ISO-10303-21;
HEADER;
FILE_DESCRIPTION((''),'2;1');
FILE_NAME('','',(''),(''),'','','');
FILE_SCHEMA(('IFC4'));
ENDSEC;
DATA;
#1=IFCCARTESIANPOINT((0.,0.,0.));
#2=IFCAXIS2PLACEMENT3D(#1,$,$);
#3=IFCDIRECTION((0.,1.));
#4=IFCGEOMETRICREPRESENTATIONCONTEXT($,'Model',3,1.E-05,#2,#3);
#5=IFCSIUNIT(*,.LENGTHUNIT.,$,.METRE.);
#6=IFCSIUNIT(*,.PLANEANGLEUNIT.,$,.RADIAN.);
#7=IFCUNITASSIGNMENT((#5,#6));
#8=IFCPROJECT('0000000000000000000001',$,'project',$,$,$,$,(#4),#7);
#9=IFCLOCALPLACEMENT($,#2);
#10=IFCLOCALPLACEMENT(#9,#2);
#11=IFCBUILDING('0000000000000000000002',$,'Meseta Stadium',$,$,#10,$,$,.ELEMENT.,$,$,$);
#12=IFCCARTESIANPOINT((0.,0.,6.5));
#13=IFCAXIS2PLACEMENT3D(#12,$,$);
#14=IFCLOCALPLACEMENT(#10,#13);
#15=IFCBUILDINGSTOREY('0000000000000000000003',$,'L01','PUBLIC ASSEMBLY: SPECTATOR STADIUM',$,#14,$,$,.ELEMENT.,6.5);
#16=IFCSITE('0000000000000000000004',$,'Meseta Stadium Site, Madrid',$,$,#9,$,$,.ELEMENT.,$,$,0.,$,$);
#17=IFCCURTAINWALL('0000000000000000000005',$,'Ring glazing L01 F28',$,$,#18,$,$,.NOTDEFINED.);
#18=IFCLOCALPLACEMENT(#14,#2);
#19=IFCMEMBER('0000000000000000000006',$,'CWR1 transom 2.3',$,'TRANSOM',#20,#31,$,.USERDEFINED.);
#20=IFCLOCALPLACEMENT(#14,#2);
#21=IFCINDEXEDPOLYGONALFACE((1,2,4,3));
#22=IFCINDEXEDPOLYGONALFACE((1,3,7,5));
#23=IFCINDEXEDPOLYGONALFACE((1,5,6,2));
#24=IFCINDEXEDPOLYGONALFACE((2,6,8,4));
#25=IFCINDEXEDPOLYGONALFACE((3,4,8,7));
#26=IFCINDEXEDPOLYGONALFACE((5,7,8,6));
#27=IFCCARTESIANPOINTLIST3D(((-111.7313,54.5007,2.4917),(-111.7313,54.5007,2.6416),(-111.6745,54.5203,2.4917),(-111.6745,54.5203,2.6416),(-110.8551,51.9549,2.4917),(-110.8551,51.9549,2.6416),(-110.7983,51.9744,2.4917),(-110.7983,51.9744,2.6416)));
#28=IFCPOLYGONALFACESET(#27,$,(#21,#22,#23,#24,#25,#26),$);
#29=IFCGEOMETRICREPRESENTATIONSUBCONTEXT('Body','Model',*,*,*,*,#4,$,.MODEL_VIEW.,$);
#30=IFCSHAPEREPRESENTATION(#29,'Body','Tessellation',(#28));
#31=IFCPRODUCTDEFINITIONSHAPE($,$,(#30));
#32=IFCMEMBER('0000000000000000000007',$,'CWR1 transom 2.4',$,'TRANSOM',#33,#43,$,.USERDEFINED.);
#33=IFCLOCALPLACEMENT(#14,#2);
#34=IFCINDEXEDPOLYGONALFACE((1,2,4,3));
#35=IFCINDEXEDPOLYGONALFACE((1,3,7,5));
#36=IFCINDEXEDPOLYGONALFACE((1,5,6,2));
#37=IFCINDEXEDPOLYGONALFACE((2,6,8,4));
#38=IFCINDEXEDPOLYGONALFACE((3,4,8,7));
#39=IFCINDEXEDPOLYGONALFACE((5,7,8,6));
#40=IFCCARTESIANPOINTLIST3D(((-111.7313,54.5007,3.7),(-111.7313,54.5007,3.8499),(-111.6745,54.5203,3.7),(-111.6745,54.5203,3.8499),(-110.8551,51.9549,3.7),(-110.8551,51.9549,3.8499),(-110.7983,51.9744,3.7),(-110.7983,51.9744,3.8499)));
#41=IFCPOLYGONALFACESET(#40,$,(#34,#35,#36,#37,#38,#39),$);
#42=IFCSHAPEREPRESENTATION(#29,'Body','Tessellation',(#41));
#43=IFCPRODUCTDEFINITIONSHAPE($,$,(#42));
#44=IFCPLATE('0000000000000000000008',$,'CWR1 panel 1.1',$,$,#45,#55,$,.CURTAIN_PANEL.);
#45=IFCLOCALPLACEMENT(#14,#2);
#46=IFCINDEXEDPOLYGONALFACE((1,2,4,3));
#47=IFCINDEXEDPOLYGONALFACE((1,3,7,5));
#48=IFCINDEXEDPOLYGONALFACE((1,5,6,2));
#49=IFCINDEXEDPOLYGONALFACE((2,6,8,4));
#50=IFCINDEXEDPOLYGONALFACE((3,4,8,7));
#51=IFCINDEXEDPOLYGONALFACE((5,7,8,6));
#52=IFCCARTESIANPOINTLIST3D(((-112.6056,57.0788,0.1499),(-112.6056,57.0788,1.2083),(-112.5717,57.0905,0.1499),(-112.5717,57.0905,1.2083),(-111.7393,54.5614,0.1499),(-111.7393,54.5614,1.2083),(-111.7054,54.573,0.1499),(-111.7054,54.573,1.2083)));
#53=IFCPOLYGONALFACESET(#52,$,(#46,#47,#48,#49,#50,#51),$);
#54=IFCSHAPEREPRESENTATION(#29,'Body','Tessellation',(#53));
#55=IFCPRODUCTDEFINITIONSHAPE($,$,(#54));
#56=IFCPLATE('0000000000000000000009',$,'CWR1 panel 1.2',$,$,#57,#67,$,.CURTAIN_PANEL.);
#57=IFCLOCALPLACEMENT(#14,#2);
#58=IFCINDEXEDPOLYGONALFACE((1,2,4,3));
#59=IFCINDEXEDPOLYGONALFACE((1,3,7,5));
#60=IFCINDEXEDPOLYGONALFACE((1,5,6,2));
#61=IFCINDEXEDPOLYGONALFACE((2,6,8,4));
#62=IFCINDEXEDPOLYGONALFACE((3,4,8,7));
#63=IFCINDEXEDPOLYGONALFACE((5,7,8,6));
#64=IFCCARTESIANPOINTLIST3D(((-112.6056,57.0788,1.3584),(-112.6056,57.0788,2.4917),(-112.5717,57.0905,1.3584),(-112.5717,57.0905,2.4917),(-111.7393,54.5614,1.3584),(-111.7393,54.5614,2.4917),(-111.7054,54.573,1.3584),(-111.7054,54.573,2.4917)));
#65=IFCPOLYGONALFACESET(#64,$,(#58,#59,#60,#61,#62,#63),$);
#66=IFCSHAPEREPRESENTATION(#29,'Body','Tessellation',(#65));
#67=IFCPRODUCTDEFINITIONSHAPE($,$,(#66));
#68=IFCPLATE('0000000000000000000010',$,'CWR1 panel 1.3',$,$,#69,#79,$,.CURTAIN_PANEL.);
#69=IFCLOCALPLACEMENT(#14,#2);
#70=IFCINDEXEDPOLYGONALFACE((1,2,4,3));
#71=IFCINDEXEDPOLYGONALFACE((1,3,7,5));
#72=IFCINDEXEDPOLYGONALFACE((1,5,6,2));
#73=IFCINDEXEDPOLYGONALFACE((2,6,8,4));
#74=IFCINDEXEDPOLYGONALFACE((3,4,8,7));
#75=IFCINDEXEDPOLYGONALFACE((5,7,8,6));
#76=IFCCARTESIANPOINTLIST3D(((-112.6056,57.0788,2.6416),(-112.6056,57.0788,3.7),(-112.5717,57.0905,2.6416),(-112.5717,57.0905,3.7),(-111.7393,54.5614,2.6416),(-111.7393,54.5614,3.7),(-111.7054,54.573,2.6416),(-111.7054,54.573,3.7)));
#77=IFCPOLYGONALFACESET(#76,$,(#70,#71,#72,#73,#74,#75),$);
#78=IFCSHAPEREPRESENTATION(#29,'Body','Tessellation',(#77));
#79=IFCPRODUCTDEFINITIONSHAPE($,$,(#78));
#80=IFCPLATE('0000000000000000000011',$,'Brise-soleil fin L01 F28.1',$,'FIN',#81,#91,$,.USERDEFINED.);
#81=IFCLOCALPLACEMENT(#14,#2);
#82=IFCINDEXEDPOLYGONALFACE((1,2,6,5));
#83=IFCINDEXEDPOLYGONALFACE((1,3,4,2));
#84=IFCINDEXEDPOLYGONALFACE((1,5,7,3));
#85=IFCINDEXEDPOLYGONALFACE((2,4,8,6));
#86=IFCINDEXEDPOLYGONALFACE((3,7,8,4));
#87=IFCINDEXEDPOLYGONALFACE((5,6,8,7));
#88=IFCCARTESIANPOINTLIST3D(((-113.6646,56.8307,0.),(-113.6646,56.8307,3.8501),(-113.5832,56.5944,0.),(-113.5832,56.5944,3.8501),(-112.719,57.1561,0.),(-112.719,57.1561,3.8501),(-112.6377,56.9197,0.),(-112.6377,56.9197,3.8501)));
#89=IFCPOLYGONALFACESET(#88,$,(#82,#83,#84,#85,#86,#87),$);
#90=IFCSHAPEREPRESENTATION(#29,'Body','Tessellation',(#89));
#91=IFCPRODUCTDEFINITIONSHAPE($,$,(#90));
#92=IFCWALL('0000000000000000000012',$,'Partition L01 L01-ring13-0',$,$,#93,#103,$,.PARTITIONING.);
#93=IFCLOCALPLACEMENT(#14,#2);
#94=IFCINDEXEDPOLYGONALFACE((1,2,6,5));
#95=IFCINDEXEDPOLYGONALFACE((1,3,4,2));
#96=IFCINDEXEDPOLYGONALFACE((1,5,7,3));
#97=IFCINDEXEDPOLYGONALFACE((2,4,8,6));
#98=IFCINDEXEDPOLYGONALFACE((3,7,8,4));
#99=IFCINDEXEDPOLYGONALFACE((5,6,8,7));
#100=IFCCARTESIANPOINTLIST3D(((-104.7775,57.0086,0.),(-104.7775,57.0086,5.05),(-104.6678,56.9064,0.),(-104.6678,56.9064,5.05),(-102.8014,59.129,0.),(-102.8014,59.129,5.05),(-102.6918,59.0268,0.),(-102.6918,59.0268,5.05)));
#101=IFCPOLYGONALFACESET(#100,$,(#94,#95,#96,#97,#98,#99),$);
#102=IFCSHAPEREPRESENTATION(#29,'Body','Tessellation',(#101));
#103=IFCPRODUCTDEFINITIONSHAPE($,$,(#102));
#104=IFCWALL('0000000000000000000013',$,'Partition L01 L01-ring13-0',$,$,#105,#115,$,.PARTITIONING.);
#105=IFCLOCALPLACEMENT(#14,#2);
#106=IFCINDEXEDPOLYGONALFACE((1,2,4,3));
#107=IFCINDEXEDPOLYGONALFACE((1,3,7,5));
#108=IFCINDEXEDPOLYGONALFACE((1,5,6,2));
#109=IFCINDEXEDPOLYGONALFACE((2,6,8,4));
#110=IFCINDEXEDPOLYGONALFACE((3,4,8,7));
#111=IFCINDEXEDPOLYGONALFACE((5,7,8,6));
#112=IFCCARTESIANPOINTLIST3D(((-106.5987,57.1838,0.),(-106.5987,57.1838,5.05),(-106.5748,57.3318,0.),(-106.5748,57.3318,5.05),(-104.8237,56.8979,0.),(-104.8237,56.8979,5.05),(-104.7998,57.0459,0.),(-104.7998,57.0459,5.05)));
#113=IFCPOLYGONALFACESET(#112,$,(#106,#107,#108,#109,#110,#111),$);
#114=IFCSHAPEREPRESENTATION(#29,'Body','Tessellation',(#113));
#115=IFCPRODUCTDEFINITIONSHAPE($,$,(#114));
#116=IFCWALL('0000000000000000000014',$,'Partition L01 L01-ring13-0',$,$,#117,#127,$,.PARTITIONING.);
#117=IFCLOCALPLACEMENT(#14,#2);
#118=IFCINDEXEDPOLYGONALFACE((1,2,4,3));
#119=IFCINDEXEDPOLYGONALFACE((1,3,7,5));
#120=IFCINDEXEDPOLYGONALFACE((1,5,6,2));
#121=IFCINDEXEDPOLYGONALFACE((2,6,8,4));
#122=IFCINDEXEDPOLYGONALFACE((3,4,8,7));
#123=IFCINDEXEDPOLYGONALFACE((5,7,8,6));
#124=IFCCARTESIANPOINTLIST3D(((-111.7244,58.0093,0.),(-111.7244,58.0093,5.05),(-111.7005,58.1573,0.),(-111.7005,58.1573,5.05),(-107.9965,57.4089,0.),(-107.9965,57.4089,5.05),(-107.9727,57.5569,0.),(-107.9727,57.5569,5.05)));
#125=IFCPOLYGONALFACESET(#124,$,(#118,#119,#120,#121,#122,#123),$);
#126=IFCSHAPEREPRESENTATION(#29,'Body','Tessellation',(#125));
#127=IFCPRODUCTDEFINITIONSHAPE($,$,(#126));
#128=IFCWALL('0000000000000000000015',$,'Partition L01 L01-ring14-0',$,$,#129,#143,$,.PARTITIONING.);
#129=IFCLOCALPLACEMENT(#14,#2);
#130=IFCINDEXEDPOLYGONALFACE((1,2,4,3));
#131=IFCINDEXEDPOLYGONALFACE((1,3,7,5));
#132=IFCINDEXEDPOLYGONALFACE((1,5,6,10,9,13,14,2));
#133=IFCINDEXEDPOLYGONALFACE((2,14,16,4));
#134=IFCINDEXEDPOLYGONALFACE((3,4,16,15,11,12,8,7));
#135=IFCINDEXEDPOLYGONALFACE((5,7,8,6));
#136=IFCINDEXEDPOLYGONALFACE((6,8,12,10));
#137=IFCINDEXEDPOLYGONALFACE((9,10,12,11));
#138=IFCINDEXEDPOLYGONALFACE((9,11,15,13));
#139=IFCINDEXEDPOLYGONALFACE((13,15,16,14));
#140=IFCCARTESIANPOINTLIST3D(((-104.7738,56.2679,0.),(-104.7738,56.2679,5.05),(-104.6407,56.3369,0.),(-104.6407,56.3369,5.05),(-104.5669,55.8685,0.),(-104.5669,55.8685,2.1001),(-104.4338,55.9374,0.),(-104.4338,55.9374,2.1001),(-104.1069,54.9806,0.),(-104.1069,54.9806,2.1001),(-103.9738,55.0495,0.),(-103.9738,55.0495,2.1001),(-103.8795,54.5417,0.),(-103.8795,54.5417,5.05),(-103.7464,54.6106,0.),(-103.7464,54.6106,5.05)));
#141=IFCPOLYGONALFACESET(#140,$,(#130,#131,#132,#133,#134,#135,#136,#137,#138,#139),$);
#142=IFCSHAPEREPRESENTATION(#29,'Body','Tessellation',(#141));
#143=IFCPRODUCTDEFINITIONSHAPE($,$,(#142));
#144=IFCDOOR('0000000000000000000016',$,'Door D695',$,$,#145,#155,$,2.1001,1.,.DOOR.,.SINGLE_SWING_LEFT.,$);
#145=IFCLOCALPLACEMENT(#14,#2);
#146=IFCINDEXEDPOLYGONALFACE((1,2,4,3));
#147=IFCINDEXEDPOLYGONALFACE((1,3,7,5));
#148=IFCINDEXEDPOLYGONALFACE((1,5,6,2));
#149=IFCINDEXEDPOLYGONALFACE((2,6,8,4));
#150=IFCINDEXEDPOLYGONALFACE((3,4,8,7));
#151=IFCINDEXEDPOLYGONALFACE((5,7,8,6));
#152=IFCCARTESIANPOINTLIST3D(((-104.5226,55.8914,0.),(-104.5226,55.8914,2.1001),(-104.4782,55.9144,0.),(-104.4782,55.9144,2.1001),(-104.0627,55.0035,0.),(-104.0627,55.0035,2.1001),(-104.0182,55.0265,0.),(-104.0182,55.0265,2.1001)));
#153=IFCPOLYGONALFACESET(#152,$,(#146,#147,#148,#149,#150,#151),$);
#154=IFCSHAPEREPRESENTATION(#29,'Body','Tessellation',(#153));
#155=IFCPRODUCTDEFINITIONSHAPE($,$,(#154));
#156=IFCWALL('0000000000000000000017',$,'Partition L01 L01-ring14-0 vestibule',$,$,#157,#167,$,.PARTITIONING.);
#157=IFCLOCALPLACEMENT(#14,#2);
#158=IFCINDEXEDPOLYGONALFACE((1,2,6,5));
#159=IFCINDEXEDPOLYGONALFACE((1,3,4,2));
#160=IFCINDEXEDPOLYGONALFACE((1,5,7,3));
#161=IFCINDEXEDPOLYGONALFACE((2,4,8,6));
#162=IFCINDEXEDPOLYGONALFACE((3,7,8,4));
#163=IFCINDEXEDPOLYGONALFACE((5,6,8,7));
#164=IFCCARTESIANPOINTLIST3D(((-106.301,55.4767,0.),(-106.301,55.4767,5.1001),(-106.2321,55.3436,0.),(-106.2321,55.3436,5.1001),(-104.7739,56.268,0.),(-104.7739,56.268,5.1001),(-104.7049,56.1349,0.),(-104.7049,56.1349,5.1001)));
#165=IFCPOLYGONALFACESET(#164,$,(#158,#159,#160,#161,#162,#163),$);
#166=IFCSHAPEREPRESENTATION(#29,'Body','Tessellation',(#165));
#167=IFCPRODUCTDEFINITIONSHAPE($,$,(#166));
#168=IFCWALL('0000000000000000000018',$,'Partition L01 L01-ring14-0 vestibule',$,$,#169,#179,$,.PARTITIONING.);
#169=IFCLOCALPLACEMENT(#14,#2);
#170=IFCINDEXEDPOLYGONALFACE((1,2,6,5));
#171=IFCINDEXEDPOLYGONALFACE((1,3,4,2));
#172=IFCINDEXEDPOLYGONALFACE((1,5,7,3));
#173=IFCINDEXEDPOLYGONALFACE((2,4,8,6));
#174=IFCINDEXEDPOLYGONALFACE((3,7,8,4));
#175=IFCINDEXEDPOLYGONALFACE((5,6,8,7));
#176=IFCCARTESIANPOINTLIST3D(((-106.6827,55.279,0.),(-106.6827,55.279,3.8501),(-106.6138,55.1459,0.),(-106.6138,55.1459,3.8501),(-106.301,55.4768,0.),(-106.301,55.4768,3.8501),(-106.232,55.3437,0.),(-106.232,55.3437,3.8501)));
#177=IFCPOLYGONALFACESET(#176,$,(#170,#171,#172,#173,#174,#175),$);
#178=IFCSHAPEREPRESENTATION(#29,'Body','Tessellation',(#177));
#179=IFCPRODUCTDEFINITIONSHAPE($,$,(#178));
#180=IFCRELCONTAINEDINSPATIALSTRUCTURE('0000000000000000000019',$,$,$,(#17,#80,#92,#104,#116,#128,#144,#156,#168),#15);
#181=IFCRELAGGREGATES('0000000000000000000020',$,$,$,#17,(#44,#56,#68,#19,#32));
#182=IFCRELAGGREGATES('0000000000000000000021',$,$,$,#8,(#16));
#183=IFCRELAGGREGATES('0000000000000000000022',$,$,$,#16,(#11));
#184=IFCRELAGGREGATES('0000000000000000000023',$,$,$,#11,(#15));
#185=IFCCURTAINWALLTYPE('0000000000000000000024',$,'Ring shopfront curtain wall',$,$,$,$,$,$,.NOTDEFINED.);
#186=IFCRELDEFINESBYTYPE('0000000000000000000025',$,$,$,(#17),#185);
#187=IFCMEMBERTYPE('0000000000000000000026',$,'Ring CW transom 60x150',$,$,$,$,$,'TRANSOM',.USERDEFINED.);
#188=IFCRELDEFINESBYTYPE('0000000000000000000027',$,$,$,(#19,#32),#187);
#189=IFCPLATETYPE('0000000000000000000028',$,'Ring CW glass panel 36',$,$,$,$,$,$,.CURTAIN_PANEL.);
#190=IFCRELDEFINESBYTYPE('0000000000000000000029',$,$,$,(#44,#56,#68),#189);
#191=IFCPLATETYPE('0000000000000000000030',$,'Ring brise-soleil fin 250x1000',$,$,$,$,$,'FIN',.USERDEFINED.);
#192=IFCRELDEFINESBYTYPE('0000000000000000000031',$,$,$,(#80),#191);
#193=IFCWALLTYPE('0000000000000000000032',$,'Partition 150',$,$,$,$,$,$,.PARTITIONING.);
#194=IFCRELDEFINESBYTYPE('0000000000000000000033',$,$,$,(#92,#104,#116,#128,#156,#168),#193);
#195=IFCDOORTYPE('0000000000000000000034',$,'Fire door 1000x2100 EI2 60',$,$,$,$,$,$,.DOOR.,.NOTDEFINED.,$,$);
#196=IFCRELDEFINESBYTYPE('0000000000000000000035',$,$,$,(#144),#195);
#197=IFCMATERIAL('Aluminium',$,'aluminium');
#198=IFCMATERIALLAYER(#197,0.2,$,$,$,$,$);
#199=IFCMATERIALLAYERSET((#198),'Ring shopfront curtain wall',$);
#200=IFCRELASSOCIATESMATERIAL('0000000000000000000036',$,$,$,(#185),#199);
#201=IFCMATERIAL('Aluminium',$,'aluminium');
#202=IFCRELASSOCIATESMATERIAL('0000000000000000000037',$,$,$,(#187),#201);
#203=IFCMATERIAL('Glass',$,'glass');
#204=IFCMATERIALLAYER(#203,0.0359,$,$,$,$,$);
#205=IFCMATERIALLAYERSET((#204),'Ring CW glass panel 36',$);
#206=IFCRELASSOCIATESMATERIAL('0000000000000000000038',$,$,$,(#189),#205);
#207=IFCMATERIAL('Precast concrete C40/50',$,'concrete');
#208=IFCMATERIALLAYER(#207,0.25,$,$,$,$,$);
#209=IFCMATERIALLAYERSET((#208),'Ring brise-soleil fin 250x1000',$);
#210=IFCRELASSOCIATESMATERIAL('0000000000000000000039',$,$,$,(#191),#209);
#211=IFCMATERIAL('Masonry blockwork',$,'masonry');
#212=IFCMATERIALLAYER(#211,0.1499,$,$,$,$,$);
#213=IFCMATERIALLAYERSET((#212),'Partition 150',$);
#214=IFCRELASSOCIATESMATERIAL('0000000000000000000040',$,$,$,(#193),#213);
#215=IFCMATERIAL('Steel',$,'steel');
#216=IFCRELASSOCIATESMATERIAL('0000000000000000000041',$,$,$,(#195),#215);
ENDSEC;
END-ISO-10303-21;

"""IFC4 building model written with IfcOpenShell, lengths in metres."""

from ifc_helpers import new_model, si_unit, direction, frame, frame_2d, origin, origin_2d, place, context, subcontext, project, spatial, rectangle, extrude, material, layer, layer_set, material_profile, profile_set, type_object, element, fill, aggregate, save


model = new_model("IFC4")

# Units and contexts
model_context = context("Model", 3, precision=1e-05, world=origin(), true_north=direction((0.0, 1.0)))
body_context = subcontext(model_context, "Body", "Model", "MODEL_VIEW")
ifc_project = project(units=[si_unit("LENGTHUNIT", "METRE"), si_unit("PLANEANGLEUNIT", "RADIAN")], contexts=[model_context])

# Site, building, storey
site_placement = place(None, origin())
site = spatial("IfcSite", under=ifc_project, at=site_placement, Name="Meseta Stadium Site, Madrid", CompositionType="ELEMENT", RefElevation=0.0)
building_placement = place(site_placement, origin())
building = spatial("IfcBuilding", under=site, at=building_placement, Name="Meseta Stadium", CompositionType="ELEMENT")
storey_placement = place(building_placement, frame((0.0, 0.0, 6.5)))
storey = spatial("IfcBuildingStorey", under=building, at=storey_placement, Name="L01", Description="PUBLIC ASSEMBLY: SPECTATOR STADIUM", CompositionType="ELEMENT", Elevation=6.5)

# Shared definitions
ifc_material_1 = material(Name="Aluminium", Category="aluminium")
ifc_layer_1 = layer(ifc_material_1, 0.2)
ifc_layer_set_1 = layer_set([ifc_layer_1], Name="Ring shopfront curtain wall")
curtain_wall_type = type_object("IfcCurtainWallType", Name="Ring shopfront curtain wall", PredefinedType="NOTDEFINED", material=ifc_layer_set_1)

# Curtain wall, members, plates
curtain_wall_1_placement = place(storey_placement, origin())
curtain_wall_1 = element("IfcCurtainWall", 1, at=curtain_wall_1_placement, inside=storey, type_object=curtain_wall_type, Name="Ring glazing L01 F28", PredefinedType="NOTDEFINED")
ifc_material_2 = material(Name="Aluminium", Category="aluminium")
ifc_material_profile_1 = material_profile(ifc_material_2, rectangle(XDim=0.0601, YDim=0.1499, at=origin_2d()), Name="CW 60x150")
ifc_profile_set_1 = profile_set([ifc_material_profile_1], Name="Aluminium")
member_type_1 = type_object("IfcMemberType", Name="Ring CW transom 60x150", ElementType="TRANSOM", PredefinedType="USERDEFINED", material=ifc_profile_set_1)
member_1_placement = place(storey_placement, frame((-111.7029, 54.5105, 2.5667), z_axis=(0.325435, -0.945565, 0.0), x_axis=(0.945565, 0.325435, 0.0)))
member_1 = element("IfcMember", 2, at=member_1_placement, type_object=member_type_1, Name="CWR1 transom 2.3", ObjectType="TRANSOM", PredefinedType="USERDEFINED", context=body_context, shape_type="SweptSolid", body=[
    extrude(rectangle(XDim=0.0601, YDim=0.1499, at=origin_2d()), origin(), (0.0, 0.0, 1.0), 2.6924),
])
member_2_placement = place(storey_placement, frame((-111.7029, 54.5105, 3.7749), z_axis=(0.325435, -0.945565, 0.0), x_axis=(0.945565, 0.325435, 0.0)))
member_2 = element("IfcMember", 3, at=member_2_placement, type_object=member_type_1, Name="CWR1 transom 2.4", ObjectType="TRANSOM", PredefinedType="USERDEFINED", context=body_context, shape_type="SweptSolid", body=[
    extrude(rectangle(XDim=0.0601, YDim=0.1499, at=origin_2d()), origin(), (0.0, 0.0, 1.0), 2.6924),
])
ifc_material_3 = material(Name="Glass", Category="glass")
ifc_layer_2 = layer(ifc_material_3, 0.0359)
ifc_layer_set_2 = layer_set([ifc_layer_2], Name="Ring CW glass panel 36")
plate_type_1 = type_object("IfcPlateType", Name="Ring CW glass panel 36", PredefinedType="CURTAIN_PANEL", material=ifc_layer_set_2)
plate_1_placement = place(storey_placement, frame((-112.1555, 55.8259, 0.1499), z_axis=(0.0, 0.0, 1.0), x_axis=(0.325386, -0.945581, 0.0)))
plate_1 = element("IfcPlate", 4, at=plate_1_placement, type_object=plate_type_1, Name="CWR1 panel 1.1", PredefinedType="CURTAIN_PANEL", context=body_context, shape_type="SweptSolid", body=[
    extrude(rectangle(XDim=2.6624, YDim=0.0359, at=origin_2d()), origin(), (0.0, 0.0, 1.0), 1.0583),
])
plate_2_placement = place(storey_placement, frame((-112.1555, 55.8259, 1.3584), z_axis=(0.0, 0.0, 1.0), x_axis=(0.325386, -0.945581, 0.0)))
plate_2 = element("IfcPlate", 5, at=plate_2_placement, type_object=plate_type_1, Name="CWR1 panel 1.2", PredefinedType="CURTAIN_PANEL", context=body_context, shape_type="SweptSolid", body=[
    extrude(rectangle(XDim=2.6624, YDim=0.0359, at=origin_2d()), origin(), (0.0, 0.0, 1.0), 1.1333),
])
plate_3_placement = place(storey_placement, frame((-112.1555, 55.8259, 2.6416), z_axis=(0.0, 0.0, 1.0), x_axis=(0.325386, -0.945581, 0.0)))
plate_3 = element("IfcPlate", 6, at=plate_3_placement, type_object=plate_type_1, Name="CWR1 panel 1.3", PredefinedType="CURTAIN_PANEL", context=body_context, shape_type="SweptSolid", body=[
    extrude(rectangle(XDim=2.6624, YDim=0.0359, at=origin_2d()), origin(), (0.0, 0.0, 1.0), 1.0583),
])
aggregate(curtain_wall_1, [plate_1, plate_2, plate_3, member_1, member_2])

# Plate
ifc_material_4 = material(Name="Precast concrete C40/50", Category="concrete")
ifc_layer_3 = layer(ifc_material_4, 0.25)
ifc_layer_set_3 = layer_set([ifc_layer_3], Name="Ring brise-soleil fin 250x1000")
plate_type_2 = type_object("IfcPlateType", Name="Ring brise-soleil fin 250x1000", ElementType="FIN", PredefinedType="USERDEFINED", material=ifc_layer_set_3)
plate_4_placement = place(storey_placement, frame((-113.1511, 56.8752, 0.0), z_axis=(0.0, 0.0, 1.0), x_axis=(0.325393, -0.945579, 0.0)))
element("IfcPlate", 7, at=plate_4_placement, inside=storey, type_object=plate_type_2, Name="Brise-soleil fin L01 F28.1", ObjectType="FIN", PredefinedType="USERDEFINED", context=body_context, shape_type="SweptSolid", body=[
    extrude(rectangle(XDim=0.25, YDim=1.0, at=origin_2d()), origin(), (0.0, 0.0, 1.0), 3.8501),
])

# Walls
ifc_material_5 = material(Name="Masonry blockwork", Category="masonry")
ifc_layer_4 = layer(ifc_material_5, 0.1499)
ifc_layer_set_4 = layer_set([ifc_layer_4], Name="Partition 150")
wall_type_1 = type_object("IfcWallType", Name="Partition 150", PredefinedType="PARTITIONING", material=ifc_layer_set_4)
wall_1_placement = place(storey_placement, frame((-102.7466, 59.0779, 0.0), z_axis=(0.0, 0.0, 1.0), x_axis=(-0.681778, -0.731559, 0.0)))
element("IfcWall", 8, at=wall_1_placement, inside=storey, type_object=wall_type_1, Name="Partition L01 L01-ring13-0", PredefinedType="PARTITIONING", context=body_context, shape_type="SweptSolid", body=[
    extrude(rectangle(XDim=2.8984, YDim=0.1499, at=frame_2d((1.4492, 0.0))), origin(), (0.0, 0.0, 1.0), 5.05),
])
wall_2_placement = place(storey_placement, frame((-104.8118, 56.9719, 0.0), z_axis=(0.0, 0.0, 1.0), x_axis=(-0.987275, 0.159023, 0.0)))
element("IfcWall", 9, at=wall_2_placement, inside=storey, type_object=wall_type_1, Name="Partition L01 L01-ring13-0", PredefinedType="PARTITIONING", context=body_context, shape_type="SweptSolid", body=[
    extrude(rectangle(XDim=1.7979, YDim=0.1499, at=frame_2d((0.8989, 0.0))), origin(), (0.0, 0.0, 1.0), 5.05),
])
wall_3_placement = place(storey_placement, frame((-107.9846, 57.4829, 0.0), z_axis=(0.0, 0.0, 1.0), x_axis=(-0.987279, 0.158997, 0.0)))
element("IfcWall", 10, at=wall_3_placement, inside=storey, type_object=wall_type_1, Name="Partition L01 L01-ring13-0", PredefinedType="PARTITIONING", context=body_context, shape_type="SweptSolid", body=[
    extrude(rectangle(XDim=3.7759, YDim=0.1499, at=frame_2d((1.8879, 0.0))), origin(), (0.0, 0.0, 1.0), 5.05),
])

# Wall, opening, door
wall_4_placement = place(storey_placement, frame((-104.7073, 56.3025, 0.0), z_axis=(0.0, 0.0, 1.0), x_axis=(0.459976, -0.887931, 0.0)))
wall_4 = element("IfcWall", 11, at=wall_4_placement, inside=storey, type_object=wall_type_1, Name="Partition L01 L01-ring14-0", PredefinedType="PARTITIONING", context=body_context, shape_type="SweptSolid", body=[
    extrude(rectangle(XDim=1.9441, YDim=0.1499, at=frame_2d((0.9722, 0.0))), origin(), (0.0, 0.0, 1.0), 5.05),
])
opening_1_placement = place(wall_4_placement, frame((0.45, 0.0, 0.0)))
opening_1 = element("IfcOpeningElement", 12, at=opening_1_placement, cuts=wall_4, PredefinedType="OPENING", context=body_context, shape_type="SweptSolid", body=[
    extrude(rectangle(XDim=1.0, YDim=2.1001, at=frame_2d((0.5, 1.05))), frame((0.0, 0.085, 0.0), z_axis=(0.0, -1.0, 0.0), x_axis=(1.0, 0.0, 0.0)), (0.0, 0.0, 1.0), 0.1699),
])
ifc_material_6 = material(Name="Steel", Category="steel")
door_type = type_object("IfcDoorType", Name="Fire door 1000x2100 EI2 60", OperationType="NOTDEFINED", PredefinedType="DOOR", material=ifc_material_6)
door_1_placement = place(opening_1_placement, origin())
door_1 = element("IfcDoor", 13, at=door_1_placement, inside=storey, type_object=door_type, Name="Door D695", OperationType="SINGLE_SWING_LEFT", OverallHeight=2.1001, OverallWidth=1.0, PredefinedType="DOOR", context=body_context, shape_type="SweptSolid", body=[
    extrude(rectangle(XDim=1.0, YDim=2.1001, at=frame_2d((0.5, 1.05))), frame((0.0, 0.0249, 0.0), z_axis=(0.0, -1.0, 0.0), x_axis=(1.0, 0.0, 0.0)), (0.0, 0.0, 1.0), 0.05),
])
fill(opening_1, door_1)

# Walls
wall_5_placement = place(storey_placement, frame((-104.7395, 56.2014, 0.0), z_axis=(0.0, 0.0, 1.0), x_axis=(-0.88789, -0.460056, 0.0)))
element("IfcWall", 14, at=wall_5_placement, inside=storey, type_object=wall_type_1, Name="Partition L01 L01-ring14-0 vestibule", PredefinedType="PARTITIONING", context=body_context, shape_type="SweptSolid", body=[
    extrude(rectangle(XDim=1.72, YDim=0.1499, at=frame_2d((0.8599, 0.0))), origin(), (0.0, 0.0, 1.0), 5.1001),
])
wall_6_placement = place(storey_placement, frame((-106.2666, 55.4102, 0.0), z_axis=(0.0, 0.0, 1.0), x_axis=(-0.887978, -0.459886, 0.0)))
element("IfcWall", 15, at=wall_6_placement, inside=storey, type_object=wall_type_1, Name="Partition L01 L01-ring14-0 vestibule", PredefinedType="PARTITIONING", context=body_context, shape_type="SweptSolid", body=[
    extrude(rectangle(XDim=0.4299, YDim=0.1499, at=frame_2d((0.2148, 0.0))), origin(), (0.0, 0.0, 1.0), 3.8501),
])

save(model, "model.ifc")
